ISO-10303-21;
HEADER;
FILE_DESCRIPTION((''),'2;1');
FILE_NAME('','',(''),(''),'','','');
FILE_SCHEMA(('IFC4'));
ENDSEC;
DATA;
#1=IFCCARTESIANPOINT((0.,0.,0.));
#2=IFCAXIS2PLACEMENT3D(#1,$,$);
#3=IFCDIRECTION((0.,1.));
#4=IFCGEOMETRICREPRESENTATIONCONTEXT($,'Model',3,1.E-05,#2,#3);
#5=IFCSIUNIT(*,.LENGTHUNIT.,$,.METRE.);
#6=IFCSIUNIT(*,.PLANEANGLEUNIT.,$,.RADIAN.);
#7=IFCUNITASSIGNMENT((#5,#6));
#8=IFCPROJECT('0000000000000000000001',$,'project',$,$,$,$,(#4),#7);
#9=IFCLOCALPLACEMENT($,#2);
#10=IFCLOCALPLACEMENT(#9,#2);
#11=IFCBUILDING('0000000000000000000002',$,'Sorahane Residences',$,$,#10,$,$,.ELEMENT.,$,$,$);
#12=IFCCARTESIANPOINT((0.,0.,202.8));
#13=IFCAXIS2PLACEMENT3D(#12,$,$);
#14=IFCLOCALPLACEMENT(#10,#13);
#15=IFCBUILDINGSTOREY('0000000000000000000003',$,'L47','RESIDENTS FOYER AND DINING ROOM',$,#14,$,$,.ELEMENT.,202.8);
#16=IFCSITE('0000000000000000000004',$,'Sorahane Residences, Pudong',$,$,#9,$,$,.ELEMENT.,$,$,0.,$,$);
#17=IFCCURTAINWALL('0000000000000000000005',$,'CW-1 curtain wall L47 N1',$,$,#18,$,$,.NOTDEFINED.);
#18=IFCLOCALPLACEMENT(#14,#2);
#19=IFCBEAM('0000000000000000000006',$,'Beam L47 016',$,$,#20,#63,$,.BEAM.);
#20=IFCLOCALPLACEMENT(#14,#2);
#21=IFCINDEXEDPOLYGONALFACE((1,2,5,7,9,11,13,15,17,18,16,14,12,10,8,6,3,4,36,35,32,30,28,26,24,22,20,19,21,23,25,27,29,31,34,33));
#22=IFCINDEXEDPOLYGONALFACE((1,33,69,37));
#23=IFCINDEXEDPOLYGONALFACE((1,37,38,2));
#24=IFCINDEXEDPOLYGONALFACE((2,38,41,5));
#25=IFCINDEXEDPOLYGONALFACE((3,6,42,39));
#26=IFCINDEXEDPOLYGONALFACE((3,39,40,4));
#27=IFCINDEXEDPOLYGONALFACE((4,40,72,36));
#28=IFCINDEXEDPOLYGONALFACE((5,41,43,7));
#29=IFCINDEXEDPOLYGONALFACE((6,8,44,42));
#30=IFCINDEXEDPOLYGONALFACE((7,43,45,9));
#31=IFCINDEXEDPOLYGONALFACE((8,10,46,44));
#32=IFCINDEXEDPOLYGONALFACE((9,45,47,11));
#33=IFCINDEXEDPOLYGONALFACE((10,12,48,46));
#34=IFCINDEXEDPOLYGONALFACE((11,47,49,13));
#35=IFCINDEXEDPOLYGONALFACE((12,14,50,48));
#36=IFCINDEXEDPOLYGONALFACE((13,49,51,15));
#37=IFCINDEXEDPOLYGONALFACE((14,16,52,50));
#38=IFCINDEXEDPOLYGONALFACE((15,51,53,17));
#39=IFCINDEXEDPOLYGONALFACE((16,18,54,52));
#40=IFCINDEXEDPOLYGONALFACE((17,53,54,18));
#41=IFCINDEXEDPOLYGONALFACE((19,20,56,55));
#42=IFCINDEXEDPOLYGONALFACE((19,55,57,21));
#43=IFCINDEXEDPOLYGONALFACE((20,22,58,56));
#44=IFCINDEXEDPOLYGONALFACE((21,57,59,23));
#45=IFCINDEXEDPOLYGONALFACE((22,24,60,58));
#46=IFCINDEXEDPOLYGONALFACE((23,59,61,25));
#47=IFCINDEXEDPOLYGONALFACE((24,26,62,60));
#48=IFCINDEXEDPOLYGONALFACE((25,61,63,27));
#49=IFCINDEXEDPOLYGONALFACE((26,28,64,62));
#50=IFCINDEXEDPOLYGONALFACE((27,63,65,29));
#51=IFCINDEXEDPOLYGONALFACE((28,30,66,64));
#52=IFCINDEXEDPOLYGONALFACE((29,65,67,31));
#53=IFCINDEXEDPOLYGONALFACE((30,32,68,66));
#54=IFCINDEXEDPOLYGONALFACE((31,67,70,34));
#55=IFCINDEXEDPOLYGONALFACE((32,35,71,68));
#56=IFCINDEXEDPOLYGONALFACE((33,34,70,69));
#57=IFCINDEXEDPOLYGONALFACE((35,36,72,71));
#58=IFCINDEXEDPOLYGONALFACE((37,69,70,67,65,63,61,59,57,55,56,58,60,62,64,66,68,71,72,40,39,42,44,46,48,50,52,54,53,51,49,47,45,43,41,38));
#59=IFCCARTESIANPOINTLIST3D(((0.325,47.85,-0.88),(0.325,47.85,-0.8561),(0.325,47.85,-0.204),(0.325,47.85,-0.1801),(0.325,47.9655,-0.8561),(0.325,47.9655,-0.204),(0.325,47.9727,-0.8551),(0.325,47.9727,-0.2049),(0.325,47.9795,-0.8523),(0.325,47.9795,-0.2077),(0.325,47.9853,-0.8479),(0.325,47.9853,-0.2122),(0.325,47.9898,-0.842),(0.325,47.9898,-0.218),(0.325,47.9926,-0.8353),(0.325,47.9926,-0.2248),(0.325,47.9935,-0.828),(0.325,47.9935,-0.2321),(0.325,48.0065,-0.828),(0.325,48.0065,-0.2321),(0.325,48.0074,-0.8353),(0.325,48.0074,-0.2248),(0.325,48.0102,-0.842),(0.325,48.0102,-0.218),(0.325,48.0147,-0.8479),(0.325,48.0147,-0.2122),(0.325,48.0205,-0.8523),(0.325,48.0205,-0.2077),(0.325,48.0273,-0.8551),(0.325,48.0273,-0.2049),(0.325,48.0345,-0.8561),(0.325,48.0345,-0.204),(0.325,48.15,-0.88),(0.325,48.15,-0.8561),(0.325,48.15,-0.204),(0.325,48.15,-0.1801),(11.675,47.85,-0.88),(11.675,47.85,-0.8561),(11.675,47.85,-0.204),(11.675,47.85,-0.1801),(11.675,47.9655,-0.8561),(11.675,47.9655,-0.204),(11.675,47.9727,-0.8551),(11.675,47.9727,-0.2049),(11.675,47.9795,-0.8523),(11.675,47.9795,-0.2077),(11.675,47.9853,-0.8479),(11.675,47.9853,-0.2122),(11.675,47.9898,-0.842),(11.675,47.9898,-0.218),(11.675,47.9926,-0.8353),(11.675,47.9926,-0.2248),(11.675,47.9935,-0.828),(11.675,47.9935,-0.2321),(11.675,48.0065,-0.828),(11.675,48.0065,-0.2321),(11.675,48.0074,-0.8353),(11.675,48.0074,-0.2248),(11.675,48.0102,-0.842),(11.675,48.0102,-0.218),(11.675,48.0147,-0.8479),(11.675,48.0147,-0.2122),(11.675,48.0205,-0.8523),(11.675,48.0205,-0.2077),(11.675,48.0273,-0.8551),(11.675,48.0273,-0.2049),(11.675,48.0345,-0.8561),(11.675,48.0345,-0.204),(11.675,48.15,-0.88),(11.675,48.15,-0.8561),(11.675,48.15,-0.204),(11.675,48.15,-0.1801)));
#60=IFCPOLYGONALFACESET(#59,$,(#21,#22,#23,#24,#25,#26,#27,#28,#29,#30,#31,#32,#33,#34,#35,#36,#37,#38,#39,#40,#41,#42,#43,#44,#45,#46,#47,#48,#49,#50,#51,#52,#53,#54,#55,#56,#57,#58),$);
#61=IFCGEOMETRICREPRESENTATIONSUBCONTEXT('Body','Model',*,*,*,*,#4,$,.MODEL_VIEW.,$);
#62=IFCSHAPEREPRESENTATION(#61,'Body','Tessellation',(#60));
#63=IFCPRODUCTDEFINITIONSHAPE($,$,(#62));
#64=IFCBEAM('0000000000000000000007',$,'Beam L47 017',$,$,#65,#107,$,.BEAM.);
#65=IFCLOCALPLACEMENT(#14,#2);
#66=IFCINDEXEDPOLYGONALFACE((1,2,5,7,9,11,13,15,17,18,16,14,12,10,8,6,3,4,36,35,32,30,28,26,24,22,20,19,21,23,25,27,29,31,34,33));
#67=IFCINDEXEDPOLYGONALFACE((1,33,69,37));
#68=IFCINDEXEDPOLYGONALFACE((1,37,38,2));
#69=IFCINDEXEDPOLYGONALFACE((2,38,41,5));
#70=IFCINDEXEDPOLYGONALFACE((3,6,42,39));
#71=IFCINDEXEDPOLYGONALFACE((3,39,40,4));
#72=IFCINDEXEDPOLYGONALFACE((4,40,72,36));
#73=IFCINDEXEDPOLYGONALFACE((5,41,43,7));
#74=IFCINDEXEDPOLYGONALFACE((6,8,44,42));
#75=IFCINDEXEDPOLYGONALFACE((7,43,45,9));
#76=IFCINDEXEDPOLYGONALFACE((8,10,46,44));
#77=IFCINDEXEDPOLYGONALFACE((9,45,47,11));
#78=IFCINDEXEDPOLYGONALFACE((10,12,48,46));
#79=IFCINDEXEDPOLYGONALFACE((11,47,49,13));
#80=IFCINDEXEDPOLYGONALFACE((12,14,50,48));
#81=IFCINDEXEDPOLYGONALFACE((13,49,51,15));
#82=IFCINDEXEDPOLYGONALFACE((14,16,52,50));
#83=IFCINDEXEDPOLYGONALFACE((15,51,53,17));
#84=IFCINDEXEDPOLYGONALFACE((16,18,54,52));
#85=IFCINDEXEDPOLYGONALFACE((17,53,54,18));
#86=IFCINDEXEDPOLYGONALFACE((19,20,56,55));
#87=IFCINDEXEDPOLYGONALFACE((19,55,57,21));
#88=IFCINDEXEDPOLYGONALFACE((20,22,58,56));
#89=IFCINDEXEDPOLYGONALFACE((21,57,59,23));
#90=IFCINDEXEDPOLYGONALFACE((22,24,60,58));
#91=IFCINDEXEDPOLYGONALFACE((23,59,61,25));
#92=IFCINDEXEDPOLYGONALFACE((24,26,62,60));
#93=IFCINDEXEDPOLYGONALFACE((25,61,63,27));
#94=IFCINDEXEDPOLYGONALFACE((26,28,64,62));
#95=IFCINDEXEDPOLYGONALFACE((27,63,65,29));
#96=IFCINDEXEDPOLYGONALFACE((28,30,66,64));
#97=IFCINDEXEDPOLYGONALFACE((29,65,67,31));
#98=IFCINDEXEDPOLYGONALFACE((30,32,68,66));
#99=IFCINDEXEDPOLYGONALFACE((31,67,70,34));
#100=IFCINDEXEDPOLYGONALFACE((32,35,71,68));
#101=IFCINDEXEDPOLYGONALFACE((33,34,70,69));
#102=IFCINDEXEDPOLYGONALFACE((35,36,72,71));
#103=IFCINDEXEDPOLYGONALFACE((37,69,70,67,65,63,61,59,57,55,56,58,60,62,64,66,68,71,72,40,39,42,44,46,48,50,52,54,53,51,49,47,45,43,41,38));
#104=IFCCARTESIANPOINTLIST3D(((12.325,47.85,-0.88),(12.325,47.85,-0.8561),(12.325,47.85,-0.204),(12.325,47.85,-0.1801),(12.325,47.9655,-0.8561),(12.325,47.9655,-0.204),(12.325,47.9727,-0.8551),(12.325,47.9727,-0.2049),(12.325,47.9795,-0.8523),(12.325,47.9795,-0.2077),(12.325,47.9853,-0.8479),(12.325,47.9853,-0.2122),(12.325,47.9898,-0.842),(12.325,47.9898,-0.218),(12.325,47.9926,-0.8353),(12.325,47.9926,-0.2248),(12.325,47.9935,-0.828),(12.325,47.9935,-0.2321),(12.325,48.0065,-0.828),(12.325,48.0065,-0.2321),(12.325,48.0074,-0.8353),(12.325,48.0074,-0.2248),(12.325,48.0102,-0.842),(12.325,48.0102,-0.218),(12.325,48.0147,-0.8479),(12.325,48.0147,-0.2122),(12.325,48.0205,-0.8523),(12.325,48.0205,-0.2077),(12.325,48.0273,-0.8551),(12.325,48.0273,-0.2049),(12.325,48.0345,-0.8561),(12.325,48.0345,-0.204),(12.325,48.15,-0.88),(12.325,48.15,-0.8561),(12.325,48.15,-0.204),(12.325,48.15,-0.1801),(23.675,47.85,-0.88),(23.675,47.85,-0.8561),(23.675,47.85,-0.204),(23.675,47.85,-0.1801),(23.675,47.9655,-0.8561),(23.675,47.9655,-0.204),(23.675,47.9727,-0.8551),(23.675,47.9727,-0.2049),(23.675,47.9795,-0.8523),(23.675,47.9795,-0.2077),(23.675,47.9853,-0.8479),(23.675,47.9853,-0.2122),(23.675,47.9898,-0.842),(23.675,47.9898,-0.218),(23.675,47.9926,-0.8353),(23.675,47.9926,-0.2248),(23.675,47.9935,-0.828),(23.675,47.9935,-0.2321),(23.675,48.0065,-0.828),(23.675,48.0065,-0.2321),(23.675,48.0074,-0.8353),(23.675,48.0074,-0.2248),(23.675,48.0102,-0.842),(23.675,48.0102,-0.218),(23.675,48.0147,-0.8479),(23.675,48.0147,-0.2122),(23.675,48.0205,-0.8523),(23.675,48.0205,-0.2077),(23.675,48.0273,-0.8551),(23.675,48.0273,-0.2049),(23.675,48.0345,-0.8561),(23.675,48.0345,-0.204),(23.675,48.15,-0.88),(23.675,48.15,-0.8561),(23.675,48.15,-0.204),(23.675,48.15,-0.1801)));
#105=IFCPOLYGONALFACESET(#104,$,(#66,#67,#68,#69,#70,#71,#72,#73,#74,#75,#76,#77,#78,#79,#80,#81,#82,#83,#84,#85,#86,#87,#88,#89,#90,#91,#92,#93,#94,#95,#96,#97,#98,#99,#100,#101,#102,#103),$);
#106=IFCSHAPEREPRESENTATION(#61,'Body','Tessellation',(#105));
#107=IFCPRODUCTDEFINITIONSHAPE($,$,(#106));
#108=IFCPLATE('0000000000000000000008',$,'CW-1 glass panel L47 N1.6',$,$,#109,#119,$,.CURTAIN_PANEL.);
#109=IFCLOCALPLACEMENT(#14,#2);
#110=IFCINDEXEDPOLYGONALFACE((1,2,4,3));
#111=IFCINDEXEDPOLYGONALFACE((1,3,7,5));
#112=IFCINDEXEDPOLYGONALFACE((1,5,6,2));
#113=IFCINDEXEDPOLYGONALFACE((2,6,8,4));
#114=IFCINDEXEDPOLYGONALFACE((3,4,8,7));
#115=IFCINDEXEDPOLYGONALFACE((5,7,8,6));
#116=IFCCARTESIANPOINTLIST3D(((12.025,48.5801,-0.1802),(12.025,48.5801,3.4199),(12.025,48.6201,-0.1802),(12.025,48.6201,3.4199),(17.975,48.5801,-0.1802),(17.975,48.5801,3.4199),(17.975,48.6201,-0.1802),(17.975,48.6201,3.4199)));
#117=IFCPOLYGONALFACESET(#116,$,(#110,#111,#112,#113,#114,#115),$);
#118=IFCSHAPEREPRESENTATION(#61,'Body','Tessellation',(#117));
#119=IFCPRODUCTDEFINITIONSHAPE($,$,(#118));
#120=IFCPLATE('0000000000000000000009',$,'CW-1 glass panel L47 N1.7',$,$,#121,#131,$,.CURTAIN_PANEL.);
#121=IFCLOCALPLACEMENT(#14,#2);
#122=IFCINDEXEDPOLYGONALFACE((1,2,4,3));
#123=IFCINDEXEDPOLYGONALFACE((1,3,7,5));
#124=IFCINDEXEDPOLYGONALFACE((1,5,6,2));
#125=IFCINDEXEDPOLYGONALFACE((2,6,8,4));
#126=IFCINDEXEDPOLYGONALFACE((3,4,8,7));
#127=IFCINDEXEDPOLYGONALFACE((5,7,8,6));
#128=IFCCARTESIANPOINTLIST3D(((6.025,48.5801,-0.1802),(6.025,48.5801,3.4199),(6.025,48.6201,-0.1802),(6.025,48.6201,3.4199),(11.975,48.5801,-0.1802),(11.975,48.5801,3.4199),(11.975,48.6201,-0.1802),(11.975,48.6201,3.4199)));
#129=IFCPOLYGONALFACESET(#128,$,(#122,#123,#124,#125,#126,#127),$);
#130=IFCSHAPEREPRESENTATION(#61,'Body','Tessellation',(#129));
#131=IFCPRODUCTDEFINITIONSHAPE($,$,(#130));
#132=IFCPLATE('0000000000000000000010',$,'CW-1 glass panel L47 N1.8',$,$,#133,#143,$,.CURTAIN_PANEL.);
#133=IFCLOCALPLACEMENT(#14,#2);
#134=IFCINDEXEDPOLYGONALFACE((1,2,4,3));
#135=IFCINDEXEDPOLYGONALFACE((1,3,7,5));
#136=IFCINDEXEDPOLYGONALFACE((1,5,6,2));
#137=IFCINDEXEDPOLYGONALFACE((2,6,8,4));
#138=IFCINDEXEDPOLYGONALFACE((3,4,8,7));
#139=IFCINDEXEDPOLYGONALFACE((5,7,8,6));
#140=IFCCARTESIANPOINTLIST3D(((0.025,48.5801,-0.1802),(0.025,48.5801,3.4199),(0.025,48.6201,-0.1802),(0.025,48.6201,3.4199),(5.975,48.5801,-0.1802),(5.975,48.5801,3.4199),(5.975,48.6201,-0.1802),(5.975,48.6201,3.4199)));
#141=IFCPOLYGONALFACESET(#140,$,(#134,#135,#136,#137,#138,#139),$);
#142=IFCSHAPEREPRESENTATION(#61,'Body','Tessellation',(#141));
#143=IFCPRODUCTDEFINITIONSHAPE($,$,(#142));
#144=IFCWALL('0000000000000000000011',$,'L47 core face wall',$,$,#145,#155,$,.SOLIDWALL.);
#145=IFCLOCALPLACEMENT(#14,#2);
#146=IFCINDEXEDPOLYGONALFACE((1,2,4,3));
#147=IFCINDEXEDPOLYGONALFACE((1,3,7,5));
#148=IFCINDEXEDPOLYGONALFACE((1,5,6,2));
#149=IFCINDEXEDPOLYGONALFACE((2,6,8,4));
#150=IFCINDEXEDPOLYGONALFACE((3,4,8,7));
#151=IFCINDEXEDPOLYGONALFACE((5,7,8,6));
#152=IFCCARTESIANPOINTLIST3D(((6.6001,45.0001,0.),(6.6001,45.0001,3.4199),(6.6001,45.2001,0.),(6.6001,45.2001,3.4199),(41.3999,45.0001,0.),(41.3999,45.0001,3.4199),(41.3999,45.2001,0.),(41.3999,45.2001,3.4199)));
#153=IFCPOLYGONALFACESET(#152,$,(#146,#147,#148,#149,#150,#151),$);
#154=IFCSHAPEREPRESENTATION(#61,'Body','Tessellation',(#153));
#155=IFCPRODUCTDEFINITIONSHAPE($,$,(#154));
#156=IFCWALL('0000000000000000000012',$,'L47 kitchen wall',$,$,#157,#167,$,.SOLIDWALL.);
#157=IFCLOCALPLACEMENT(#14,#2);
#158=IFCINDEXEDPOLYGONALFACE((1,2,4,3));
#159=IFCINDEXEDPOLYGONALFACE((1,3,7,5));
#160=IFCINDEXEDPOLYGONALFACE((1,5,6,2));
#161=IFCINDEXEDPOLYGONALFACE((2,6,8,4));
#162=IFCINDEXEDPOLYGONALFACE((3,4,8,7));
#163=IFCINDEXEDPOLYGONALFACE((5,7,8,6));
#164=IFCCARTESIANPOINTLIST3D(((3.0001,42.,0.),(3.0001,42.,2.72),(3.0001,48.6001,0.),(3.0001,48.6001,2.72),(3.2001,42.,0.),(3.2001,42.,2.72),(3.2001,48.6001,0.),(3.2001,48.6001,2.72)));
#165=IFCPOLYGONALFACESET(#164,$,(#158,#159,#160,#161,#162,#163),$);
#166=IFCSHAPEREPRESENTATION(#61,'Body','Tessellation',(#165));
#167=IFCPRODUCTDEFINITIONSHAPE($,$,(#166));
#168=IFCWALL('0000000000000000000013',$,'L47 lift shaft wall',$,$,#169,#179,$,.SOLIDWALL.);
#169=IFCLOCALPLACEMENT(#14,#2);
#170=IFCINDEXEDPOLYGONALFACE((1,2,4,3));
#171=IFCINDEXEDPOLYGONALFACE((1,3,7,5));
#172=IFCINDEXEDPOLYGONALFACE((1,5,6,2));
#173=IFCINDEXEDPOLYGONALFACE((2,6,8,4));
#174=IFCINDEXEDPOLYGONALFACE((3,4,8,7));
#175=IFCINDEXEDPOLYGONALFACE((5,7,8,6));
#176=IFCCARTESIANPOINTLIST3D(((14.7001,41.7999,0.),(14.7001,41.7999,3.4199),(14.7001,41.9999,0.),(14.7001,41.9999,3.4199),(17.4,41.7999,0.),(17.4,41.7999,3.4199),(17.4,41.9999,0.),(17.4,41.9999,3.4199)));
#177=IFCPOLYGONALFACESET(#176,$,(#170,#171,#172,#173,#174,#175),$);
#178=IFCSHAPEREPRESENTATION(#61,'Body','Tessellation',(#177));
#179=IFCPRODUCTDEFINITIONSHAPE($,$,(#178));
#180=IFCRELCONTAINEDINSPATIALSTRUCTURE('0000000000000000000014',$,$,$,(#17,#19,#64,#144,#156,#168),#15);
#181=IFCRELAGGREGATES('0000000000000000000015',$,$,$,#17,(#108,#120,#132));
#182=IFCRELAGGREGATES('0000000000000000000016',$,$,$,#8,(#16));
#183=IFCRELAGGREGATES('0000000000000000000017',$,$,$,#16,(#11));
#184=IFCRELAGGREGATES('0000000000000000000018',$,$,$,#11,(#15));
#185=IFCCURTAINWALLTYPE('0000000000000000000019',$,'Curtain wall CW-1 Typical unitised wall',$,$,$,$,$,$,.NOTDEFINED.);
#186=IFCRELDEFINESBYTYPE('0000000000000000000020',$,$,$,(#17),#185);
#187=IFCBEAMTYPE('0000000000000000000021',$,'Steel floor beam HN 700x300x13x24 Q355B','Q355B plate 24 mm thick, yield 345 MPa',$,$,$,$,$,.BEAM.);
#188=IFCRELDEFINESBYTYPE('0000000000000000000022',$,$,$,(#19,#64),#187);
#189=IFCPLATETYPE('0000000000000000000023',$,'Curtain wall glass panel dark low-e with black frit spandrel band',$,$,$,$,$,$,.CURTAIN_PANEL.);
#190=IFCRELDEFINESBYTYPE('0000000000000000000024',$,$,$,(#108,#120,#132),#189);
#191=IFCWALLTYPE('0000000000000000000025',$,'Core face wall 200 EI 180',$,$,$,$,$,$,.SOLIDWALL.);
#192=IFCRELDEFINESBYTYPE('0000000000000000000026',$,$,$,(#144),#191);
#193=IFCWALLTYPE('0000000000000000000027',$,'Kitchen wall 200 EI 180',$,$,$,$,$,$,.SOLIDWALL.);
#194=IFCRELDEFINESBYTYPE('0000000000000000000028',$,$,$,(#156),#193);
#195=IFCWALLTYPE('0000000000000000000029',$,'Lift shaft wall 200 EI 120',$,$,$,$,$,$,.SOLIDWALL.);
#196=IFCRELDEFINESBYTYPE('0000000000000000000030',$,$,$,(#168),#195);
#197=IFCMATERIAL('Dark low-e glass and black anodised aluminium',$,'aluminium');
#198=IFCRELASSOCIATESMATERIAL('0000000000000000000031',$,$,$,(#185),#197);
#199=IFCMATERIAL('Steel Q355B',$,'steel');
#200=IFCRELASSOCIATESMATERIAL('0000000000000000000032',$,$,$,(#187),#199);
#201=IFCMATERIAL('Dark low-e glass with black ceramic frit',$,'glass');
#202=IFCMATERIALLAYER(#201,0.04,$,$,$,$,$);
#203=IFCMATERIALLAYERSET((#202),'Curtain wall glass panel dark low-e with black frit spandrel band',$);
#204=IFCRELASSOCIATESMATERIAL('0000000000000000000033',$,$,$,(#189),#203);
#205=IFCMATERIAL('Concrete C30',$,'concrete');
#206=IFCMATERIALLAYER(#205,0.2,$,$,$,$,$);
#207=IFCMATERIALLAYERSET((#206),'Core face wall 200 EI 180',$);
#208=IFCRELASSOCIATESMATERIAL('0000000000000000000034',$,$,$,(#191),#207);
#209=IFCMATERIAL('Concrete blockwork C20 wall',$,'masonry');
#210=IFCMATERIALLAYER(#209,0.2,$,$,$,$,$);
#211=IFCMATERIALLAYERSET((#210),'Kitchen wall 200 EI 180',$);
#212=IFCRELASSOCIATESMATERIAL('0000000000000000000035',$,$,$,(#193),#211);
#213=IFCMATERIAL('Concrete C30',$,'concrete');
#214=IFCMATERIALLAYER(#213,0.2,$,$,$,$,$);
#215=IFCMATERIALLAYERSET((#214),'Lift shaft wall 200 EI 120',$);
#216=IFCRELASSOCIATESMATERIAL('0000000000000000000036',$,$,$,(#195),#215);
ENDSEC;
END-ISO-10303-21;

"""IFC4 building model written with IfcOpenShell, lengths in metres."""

from ifc_helpers import new_model, si_unit, direction, frame, frame_2d, origin, origin_2d, place, context, subcontext, project, spatial, rectangle, i_section, extrude, material, layer, layer_set, material_profile, profile_set, type_object, element, aggregate, save


model = new_model("IFC4")

# Units and contexts
model_context = context("Model", 3, precision=1e-05, world=origin(), true_north=direction((0.0, 1.0)))
body_context = subcontext(model_context, "Body", "Model", "MODEL_VIEW")
ifc_project = project(units=[si_unit("LENGTHUNIT", "METRE"), si_unit("PLANEANGLEUNIT", "RADIAN")], contexts=[model_context])

# Site, building, storey
site_placement = place(None, origin())
site = spatial("IfcSite", under=ifc_project, at=site_placement, Name="Sorahane Residences, Pudong", CompositionType="ELEMENT", RefElevation=0.0)
building_placement = place(site_placement, origin())
building = spatial("IfcBuilding", under=site, at=building_placement, Name="Sorahane Residences", CompositionType="ELEMENT")
storey_placement = place(building_placement, frame((0.0, 0.0, 202.8)))
storey = spatial("IfcBuildingStorey", under=building, at=storey_placement, Name="L47", Description="RESIDENTS FOYER AND DINING ROOM", CompositionType="ELEMENT", Elevation=202.8)

# Curtain wall
ifc_material_1 = material(Name="Dark low-e glass and black anodised aluminium", Category="aluminium")
curtain_wall_type = type_object("IfcCurtainWallType", Name="Curtain wall CW-1 Typical unitised wall", PredefinedType="NOTDEFINED", material=ifc_material_1)
curtain_wall_placement = place(storey_placement, origin())
curtain_wall = element("IfcCurtainWall", 1, at=curtain_wall_placement, inside=storey, type_object=curtain_wall_type, Name="CW-1 curtain wall L47 N1", PredefinedType="NOTDEFINED")

# Beams
ifc_material_2 = material(Name="Steel Q355B", Category="steel")
ifc_material_profile_1 = material_profile(ifc_material_2, i_section(OverallWidth=0.3, OverallDepth=0.7, WebThickness=0.0129, FlangeThickness=0.0239, FilletRadius=0.0281, at=origin_2d()), Name="HN 700x300x13x24")
ifc_profile_set_1 = profile_set([ifc_material_profile_1], Name="Steel Q355B")
beam_type_1 = type_object("IfcBeamType", Name="Steel floor beam HN 700x300x13x24 Q355B", Description="Q355B plate 24 mm thick, yield 345 MPa", PredefinedType="BEAM", material=ifc_profile_set_1)
for number, where, z_axis, x_axis, name in (
    (2, (0.325, 48.0, -0.53), (1.0, 0.0, 0.0), (0.0, 1.0, 0.0), "Beam L47 016"),
    (3, (12.325, 48.0, -0.53), (1.0, 0.0, 0.0), (0.0, 1.0, 0.0), "Beam L47 017"),
):
    element("IfcBeam", number, at=place(storey_placement, frame(where, z_axis=z_axis, x_axis=x_axis)), inside=storey, type_object=beam_type_1, Name=name, PredefinedType="BEAM", context=body_context, shape_type="SweptSolid", body=[
        extrude(i_section(OverallWidth=0.3, OverallDepth=0.7, WebThickness=0.0129, FlangeThickness=0.0239, FilletRadius=0.0281, at=origin_2d()), origin(), (0.0, 0.0, 1.0), 11.3501),
    ])

# Plates
ifc_material_3 = material(Name="Dark low-e glass with black ceramic frit", Category="glass")
ifc_layer_1 = layer(ifc_material_3, 0.04)
ifc_layer_set_1 = layer_set([ifc_layer_1], Name="Curtain wall glass panel dark low-e with black frit spandrel band")
plate_type = type_object("IfcPlateType", Name="Curtain wall glass panel dark low-e with black frit spandrel band", PredefinedType="CURTAIN_PANEL", material=ifc_layer_set_1)
plate_1_placement = place(storey_placement, frame((15.0, 48.6001, -0.1802), z_axis=(0.0, 0.0, 1.0), x_axis=(-1.0, 0.0, 0.0)))
plate_1 = element("IfcPlate", 4, at=plate_1_placement, type_object=plate_type, Name="CW-1 glass panel L47 N1.6", PredefinedType="CURTAIN_PANEL", context=body_context, shape_type="SweptSolid", body=[
    extrude(rectangle(XDim=5.95, YDim=0.04, at=origin_2d()), origin(), (0.0, 0.0, 1.0), 3.6001),
])
plate_2_placement = place(storey_placement, frame((9.0, 48.6001, -0.1802), z_axis=(0.0, 0.0, 1.0), x_axis=(-1.0, 0.0, 0.0)))
plate_2 = element("IfcPlate", 5, at=plate_2_placement, type_object=plate_type, Name="CW-1 glass panel L47 N1.7", PredefinedType="CURTAIN_PANEL", context=body_context, shape_type="SweptSolid", body=[
    extrude(rectangle(XDim=5.95, YDim=0.04, at=origin_2d()), origin(), (0.0, 0.0, 1.0), 3.6001),
])
plate_3_placement = place(storey_placement, frame((3.0, 48.6001, -0.1802), z_axis=(0.0, 0.0, 1.0), x_axis=(-1.0, 0.0, 0.0)))
plate_3 = element("IfcPlate", 6, at=plate_3_placement, type_object=plate_type, Name="CW-1 glass panel L47 N1.8", PredefinedType="CURTAIN_PANEL", context=body_context, shape_type="SweptSolid", body=[
    extrude(rectangle(XDim=5.95, YDim=0.04, at=origin_2d()), origin(), (0.0, 0.0, 1.0), 3.6001),
])
aggregate(curtain_wall, [plate_1, plate_2, plate_3])

# Walls
ifc_material_4 = material(Name="Concrete C30", Category="concrete")
ifc_layer_2 = layer(ifc_material_4, 0.2)
ifc_layer_set_2 = layer_set([ifc_layer_2], Name="Core face wall 200 EI 180")
wall_type_1 = type_object("IfcWallType", Name="Core face wall 200 EI 180", PredefinedType="SOLIDWALL", material=ifc_layer_set_2)
wall_1_placement = place(storey_placement, frame((6.6001, 45.1001, 0.0), z_axis=(0.0, 0.0, 1.0), x_axis=(1.0, 0.0, 0.0)))
element("IfcWall", 7, at=wall_1_placement, inside=storey, type_object=wall_type_1, Name="L47 core face wall", PredefinedType="SOLIDWALL", context=body_context, shape_type="SweptSolid", body=[
    extrude(rectangle(XDim=34.7998, YDim=0.2, at=frame_2d((17.3999, 0.0))), origin(), (0.0, 0.0, 1.0), 3.4199),
])
ifc_material_5 = material(Name="Concrete blockwork C20 wall", Category="masonry")
ifc_layer_3 = layer(ifc_material_5, 0.2)
ifc_layer_set_3 = layer_set([ifc_layer_3], Name="Kitchen wall 200 EI 180")
wall_type_2 = type_object("IfcWallType", Name="Kitchen wall 200 EI 180", PredefinedType="SOLIDWALL", material=ifc_layer_set_3)
wall_2_placement = place(storey_placement, frame((3.1001, 42.0, 0.0), z_axis=(0.0, 0.0, 1.0), x_axis=(0.0, 1.0, 0.0)))
element("IfcWall", 8, at=wall_2_placement, inside=storey, type_object=wall_type_2, Name="L47 kitchen wall", PredefinedType="SOLIDWALL", context=body_context, shape_type="SweptSolid", body=[
    extrude(rectangle(XDim=6.6001, YDim=0.2, at=frame_2d((3.3, 0.0))), origin(), (0.0, 0.0, 1.0), 2.72),
])
ifc_material_6 = material(Name="Concrete C30", Category="concrete")
ifc_layer_4 = layer(ifc_material_6, 0.2)
ifc_layer_set_4 = layer_set([ifc_layer_4], Name="Lift shaft wall 200 EI 120")
wall_type_3 = type_object("IfcWallType", Name="Lift shaft wall 200 EI 120", PredefinedType="SOLIDWALL", material=ifc_layer_set_4)
wall_3_placement = place(storey_placement, frame((14.7, 41.8999, 0.0), z_axis=(0.0, 0.0, 1.0), x_axis=(1.0, 0.0, 0.0)))
element("IfcWall", 9, at=wall_3_placement, inside=storey, type_object=wall_type_3, Name="L47 lift shaft wall", PredefinedType="SOLIDWALL", context=body_context, shape_type="SweptSolid", body=[
    extrude(rectangle(XDim=2.7, YDim=0.2, at=frame_2d((1.3501, 0.0))), origin(), (0.0, 0.0, 1.0), 3.4199),
])

save(model, "model.ifc")
